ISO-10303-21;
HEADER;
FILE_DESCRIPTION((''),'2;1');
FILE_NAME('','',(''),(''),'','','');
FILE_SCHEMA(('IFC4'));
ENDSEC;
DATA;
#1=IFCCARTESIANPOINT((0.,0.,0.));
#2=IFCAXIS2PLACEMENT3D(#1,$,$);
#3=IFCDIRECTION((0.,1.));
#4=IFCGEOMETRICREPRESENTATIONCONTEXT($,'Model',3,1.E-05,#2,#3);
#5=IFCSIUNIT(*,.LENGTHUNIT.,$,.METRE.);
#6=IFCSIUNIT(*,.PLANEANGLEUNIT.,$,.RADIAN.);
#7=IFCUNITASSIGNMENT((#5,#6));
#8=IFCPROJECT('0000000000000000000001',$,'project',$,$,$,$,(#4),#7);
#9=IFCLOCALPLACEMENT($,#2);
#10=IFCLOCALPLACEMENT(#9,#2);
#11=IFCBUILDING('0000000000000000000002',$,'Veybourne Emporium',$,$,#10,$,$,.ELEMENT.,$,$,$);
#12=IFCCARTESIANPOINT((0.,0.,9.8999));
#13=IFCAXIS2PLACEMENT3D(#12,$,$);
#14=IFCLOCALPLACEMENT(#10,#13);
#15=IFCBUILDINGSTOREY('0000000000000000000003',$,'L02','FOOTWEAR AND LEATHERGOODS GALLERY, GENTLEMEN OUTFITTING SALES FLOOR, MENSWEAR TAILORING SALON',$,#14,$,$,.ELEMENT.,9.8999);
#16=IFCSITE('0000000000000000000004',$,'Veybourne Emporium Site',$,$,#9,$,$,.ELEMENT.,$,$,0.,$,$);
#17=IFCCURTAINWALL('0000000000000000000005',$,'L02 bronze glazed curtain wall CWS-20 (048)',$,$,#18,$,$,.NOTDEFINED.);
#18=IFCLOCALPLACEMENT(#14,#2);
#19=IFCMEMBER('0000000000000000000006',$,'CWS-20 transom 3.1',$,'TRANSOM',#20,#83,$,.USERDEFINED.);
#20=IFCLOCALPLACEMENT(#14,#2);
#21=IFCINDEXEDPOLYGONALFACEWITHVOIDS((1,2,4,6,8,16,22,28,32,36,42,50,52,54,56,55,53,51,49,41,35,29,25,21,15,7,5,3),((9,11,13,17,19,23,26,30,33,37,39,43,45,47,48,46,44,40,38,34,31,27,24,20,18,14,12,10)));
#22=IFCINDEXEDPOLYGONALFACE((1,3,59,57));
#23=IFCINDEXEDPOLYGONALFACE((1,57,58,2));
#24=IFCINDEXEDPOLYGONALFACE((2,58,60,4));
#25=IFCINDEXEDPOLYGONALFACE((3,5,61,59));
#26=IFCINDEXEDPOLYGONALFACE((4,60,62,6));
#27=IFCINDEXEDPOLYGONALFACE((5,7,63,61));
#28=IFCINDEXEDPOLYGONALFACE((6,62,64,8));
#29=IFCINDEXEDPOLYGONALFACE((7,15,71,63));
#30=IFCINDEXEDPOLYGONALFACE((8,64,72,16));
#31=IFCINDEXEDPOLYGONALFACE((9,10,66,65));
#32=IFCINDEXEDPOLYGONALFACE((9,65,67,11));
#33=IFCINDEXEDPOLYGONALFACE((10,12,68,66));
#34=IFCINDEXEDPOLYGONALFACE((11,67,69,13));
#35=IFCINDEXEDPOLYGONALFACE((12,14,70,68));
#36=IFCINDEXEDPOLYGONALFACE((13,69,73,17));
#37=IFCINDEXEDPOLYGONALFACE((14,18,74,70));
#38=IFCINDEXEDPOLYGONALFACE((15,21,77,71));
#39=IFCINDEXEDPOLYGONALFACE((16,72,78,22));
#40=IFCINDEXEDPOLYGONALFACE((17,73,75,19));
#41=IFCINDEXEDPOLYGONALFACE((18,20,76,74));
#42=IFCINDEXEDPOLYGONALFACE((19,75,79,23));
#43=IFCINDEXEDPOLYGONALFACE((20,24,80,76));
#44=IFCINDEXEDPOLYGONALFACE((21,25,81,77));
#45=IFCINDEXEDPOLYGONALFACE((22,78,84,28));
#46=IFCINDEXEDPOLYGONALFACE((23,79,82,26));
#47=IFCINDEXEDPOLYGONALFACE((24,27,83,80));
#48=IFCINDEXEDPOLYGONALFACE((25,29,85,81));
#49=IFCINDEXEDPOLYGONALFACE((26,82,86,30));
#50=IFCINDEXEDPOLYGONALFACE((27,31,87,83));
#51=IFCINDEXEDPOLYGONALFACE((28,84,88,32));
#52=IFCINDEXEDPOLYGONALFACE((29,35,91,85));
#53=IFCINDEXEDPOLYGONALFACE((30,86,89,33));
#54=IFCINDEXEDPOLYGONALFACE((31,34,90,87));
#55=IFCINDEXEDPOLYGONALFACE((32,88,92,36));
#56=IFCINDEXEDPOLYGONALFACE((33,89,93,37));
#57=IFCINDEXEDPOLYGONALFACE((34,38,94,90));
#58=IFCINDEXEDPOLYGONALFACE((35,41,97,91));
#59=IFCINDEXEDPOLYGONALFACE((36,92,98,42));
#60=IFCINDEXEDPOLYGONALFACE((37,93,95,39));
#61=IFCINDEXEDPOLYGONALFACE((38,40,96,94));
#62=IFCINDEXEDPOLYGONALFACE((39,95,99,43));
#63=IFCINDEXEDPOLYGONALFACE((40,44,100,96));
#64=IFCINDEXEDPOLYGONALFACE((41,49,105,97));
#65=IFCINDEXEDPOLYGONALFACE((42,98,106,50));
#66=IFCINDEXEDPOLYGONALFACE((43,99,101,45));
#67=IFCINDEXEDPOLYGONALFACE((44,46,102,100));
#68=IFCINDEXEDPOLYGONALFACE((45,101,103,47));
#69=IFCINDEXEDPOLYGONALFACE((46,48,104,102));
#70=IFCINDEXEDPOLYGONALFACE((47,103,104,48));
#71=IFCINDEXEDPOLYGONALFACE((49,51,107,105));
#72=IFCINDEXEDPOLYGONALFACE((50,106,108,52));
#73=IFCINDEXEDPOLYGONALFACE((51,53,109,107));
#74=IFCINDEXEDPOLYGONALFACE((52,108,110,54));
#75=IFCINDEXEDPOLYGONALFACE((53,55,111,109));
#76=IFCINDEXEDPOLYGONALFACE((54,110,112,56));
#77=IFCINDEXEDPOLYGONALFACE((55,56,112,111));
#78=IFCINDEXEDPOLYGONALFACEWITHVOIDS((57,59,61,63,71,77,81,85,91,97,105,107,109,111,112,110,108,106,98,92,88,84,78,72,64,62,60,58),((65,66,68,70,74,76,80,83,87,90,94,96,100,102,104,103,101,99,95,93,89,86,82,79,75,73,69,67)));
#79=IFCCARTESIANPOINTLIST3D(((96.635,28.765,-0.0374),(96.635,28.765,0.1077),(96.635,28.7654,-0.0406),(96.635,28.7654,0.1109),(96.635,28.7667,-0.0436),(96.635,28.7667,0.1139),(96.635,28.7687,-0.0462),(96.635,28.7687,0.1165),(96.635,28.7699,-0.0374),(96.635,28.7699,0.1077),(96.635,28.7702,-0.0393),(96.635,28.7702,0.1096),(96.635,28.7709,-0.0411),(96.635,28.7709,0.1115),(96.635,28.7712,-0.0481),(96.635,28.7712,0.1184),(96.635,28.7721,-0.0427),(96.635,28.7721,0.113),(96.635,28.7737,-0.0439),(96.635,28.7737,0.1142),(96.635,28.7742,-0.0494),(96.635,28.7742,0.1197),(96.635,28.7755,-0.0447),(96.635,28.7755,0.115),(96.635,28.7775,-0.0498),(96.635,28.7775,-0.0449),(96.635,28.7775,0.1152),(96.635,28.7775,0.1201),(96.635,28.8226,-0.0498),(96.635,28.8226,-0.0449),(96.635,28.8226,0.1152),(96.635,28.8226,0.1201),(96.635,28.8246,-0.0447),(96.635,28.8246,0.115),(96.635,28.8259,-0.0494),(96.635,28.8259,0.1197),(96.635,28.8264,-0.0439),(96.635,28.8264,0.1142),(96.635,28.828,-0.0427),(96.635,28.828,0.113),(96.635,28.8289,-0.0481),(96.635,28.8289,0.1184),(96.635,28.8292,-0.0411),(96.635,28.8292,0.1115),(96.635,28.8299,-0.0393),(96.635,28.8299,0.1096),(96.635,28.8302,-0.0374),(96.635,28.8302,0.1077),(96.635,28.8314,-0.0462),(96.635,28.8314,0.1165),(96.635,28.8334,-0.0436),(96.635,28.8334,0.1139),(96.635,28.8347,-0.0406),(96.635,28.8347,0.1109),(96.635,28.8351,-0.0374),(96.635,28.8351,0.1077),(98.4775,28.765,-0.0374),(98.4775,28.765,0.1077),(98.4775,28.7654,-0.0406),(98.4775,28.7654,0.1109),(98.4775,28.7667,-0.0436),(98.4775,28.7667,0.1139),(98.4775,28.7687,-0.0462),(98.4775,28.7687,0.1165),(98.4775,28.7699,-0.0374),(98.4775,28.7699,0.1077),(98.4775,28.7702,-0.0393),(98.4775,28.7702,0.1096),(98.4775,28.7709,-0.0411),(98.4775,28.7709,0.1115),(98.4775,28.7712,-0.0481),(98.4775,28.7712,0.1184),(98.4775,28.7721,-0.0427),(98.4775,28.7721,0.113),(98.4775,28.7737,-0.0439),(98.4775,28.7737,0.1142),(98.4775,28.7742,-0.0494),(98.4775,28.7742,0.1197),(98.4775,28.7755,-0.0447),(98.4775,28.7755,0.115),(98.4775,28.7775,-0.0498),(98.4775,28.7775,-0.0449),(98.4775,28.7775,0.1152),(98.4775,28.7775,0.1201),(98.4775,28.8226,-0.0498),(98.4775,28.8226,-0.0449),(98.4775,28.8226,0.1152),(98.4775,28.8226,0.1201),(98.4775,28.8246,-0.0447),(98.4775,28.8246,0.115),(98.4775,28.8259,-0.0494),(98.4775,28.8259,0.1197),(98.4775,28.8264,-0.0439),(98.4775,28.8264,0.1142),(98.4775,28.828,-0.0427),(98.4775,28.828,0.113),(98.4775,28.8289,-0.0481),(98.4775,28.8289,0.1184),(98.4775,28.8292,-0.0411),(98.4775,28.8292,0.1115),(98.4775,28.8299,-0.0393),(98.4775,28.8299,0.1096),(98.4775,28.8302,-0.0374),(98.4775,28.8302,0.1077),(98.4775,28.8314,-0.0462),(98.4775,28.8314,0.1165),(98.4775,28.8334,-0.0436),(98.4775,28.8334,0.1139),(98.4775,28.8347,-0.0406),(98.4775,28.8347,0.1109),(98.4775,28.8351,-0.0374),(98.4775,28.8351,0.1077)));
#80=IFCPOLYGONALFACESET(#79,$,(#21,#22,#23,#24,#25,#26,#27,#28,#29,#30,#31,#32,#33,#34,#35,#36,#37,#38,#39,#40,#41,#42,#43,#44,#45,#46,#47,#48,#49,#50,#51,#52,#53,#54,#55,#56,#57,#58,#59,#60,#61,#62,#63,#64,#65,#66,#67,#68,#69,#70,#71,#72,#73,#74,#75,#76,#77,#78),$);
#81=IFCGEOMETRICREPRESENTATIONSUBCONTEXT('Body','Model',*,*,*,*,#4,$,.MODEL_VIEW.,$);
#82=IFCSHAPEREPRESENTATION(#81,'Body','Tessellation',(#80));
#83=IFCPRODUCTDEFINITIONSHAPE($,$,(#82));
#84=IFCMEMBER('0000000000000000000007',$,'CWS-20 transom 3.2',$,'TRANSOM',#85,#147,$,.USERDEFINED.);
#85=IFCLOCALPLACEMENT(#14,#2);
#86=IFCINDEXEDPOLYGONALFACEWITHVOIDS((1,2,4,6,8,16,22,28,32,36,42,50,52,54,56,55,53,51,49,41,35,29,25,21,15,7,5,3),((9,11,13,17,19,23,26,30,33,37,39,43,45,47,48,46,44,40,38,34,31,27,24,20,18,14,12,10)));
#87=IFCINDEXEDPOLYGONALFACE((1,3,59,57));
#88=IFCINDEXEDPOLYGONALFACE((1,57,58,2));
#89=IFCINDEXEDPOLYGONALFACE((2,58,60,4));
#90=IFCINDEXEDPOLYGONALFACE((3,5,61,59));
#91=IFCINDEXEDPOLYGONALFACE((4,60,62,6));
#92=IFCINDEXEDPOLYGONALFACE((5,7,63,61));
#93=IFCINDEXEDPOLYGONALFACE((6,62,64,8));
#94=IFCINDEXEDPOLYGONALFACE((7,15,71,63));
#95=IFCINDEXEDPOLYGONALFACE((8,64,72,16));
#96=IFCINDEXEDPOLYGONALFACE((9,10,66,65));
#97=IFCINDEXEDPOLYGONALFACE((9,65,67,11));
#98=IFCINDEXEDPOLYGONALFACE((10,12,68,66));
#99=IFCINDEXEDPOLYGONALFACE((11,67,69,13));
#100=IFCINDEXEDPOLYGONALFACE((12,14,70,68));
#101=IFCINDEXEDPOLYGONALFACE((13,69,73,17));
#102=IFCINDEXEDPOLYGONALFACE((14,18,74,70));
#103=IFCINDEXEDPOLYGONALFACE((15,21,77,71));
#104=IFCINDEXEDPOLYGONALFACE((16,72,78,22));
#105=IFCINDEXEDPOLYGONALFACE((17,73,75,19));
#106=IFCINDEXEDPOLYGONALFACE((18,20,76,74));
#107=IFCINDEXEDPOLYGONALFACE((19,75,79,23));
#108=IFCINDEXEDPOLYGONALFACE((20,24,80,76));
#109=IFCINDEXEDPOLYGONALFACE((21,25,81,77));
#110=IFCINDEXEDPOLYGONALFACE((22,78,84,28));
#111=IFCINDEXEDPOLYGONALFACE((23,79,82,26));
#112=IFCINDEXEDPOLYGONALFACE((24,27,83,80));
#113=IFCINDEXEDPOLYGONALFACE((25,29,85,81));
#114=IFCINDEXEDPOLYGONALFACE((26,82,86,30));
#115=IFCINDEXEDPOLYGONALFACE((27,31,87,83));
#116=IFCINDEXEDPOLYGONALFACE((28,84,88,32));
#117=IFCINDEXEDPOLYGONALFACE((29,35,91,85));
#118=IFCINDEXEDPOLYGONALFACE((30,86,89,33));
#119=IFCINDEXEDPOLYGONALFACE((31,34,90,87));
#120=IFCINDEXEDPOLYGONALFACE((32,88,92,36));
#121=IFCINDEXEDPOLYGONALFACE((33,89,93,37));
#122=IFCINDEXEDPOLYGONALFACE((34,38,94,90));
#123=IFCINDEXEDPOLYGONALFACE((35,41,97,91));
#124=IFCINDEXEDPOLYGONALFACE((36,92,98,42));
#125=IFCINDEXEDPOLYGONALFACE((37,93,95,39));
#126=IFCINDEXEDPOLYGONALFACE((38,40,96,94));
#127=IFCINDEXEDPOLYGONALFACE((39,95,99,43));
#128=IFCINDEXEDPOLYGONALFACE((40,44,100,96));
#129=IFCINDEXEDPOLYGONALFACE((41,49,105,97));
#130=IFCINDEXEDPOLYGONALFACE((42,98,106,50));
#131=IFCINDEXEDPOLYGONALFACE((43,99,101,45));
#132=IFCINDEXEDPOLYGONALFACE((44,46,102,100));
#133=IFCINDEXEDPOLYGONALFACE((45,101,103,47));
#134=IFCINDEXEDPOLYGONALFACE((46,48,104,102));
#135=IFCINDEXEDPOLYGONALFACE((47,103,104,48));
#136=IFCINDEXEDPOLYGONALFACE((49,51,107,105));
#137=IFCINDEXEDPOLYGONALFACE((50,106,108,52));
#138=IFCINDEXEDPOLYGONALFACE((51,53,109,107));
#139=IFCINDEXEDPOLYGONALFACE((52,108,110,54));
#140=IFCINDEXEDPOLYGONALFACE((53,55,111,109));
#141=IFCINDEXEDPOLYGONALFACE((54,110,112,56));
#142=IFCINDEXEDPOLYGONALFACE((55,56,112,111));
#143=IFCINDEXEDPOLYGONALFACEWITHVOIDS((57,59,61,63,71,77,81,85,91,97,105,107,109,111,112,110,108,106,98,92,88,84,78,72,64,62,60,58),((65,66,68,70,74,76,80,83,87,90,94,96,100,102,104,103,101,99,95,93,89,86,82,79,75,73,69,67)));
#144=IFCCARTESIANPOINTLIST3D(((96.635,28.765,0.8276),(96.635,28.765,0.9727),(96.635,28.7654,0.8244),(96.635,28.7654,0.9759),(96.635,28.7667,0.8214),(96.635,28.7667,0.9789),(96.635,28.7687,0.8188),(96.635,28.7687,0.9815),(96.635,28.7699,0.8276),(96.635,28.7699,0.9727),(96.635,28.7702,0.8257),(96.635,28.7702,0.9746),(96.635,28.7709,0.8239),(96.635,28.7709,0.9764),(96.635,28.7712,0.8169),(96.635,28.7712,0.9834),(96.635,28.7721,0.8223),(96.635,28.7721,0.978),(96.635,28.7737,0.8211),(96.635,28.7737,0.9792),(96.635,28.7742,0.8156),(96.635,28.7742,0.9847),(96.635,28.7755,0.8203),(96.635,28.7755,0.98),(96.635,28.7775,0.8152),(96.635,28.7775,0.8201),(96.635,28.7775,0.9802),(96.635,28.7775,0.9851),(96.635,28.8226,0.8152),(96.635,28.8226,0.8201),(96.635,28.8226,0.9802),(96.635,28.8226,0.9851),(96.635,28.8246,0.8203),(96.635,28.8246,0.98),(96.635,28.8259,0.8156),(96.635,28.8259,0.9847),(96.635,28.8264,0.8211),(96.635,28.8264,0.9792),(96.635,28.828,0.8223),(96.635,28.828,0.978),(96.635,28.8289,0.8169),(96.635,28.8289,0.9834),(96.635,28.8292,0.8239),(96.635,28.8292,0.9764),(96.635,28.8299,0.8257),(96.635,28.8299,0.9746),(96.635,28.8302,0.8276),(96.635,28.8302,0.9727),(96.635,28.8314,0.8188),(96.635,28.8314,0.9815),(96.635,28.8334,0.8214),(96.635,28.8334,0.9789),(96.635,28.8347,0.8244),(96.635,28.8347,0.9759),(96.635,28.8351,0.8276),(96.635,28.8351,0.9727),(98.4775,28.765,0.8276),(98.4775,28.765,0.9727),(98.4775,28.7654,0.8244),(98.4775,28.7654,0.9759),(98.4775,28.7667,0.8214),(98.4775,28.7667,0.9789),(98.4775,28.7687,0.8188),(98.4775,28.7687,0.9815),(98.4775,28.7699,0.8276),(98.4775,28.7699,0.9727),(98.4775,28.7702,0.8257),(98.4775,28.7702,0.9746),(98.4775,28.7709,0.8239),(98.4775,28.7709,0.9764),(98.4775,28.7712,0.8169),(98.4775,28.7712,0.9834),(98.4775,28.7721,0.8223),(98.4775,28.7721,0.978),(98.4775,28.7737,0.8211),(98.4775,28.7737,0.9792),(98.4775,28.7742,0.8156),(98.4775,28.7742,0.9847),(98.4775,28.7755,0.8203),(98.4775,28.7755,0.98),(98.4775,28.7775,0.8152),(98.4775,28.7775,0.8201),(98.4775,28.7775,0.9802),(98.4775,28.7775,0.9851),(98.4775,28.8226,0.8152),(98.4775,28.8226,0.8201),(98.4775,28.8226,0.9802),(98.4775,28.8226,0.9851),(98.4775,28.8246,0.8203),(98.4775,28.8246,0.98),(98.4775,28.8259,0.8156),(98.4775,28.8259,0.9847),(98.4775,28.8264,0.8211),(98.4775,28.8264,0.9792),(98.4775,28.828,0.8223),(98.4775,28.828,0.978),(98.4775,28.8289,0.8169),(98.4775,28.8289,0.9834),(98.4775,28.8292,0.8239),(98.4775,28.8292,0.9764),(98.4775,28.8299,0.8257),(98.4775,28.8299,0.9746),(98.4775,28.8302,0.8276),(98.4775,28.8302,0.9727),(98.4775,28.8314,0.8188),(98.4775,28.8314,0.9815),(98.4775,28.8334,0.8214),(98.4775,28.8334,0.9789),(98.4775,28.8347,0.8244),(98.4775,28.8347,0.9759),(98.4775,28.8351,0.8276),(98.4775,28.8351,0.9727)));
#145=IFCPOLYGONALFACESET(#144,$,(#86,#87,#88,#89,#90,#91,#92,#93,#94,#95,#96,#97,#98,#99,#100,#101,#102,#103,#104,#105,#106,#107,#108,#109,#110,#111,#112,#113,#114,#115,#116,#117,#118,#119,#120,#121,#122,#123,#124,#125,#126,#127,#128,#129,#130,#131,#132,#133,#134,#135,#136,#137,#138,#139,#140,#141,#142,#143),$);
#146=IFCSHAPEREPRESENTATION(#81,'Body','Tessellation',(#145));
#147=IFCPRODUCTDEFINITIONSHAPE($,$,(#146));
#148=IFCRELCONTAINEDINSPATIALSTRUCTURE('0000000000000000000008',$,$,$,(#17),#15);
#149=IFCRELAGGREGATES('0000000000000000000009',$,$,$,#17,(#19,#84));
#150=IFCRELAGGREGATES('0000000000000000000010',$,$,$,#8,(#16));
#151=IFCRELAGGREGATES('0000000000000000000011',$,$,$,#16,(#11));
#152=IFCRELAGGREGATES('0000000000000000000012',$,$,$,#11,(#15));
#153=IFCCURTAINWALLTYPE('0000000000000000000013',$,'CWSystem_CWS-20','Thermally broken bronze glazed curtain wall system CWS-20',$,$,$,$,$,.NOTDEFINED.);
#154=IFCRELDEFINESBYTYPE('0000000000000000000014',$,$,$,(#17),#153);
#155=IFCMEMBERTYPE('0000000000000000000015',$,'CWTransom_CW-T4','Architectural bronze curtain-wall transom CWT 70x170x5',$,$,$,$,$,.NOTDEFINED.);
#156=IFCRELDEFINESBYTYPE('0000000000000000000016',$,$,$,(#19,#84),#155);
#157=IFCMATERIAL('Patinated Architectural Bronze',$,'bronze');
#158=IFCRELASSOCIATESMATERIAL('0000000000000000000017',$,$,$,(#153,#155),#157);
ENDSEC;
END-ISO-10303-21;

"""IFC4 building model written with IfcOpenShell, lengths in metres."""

from ifc_helpers import new_model, si_unit, direction, frame, origin, origin_2d, place, context, subcontext, project, spatial, hollow_rectangle, extrude, material, material_profile, profile_set, type_object, element, aggregate, save


model = new_model("IFC4")

# Units and contexts
model_context = context("Model", 3, precision=1e-05, world=origin(), true_north=direction((0.0, 1.0)))
body_context = subcontext(model_context, "Body", "Model", "MODEL_VIEW")
ifc_project = project(units=[si_unit("LENGTHUNIT", "METRE"), si_unit("PLANEANGLEUNIT", "RADIAN")], contexts=[model_context])

# Site, building, storey
site_placement = place(None, origin())
site = spatial("IfcSite", under=ifc_project, at=site_placement, Name="Veybourne Emporium Site", CompositionType="ELEMENT", RefElevation=0.0)
building_placement = place(site_placement, origin())
building = spatial("IfcBuilding", under=site, at=building_placement, Name="Veybourne Emporium", CompositionType="ELEMENT")
storey_placement = place(building_placement, frame((0.0, 0.0, 9.8999)))
storey = spatial("IfcBuildingStorey", under=building, at=storey_placement, Name="L02", Description="FOOTWEAR AND LEATHERGOODS GALLERY, GENTLEMEN OUTFITTING SALES FLOOR, MENSWEAR TAILORING SALON", CompositionType="ELEMENT", Elevation=9.8999)

# Curtain wall, members
ifc_material_1 = material(Name="Patinated Architectural Bronze", Category="bronze")
curtain_wall_type = type_object("IfcCurtainWallType", Name="CWSystem_CWS-20", Description="Thermally broken bronze glazed curtain wall system CWS-20", PredefinedType="NOTDEFINED", material=ifc_material_1)
curtain_wall_placement = place(storey_placement, origin())
curtain_wall = element("IfcCurtainWall", 1, at=curtain_wall_placement, inside=storey, type_object=curtain_wall_type, Name="L02 bronze glazed curtain wall CWS-20 (048)", PredefinedType="NOTDEFINED")
ifc_material_profile_1 = material_profile(ifc_material_1, hollow_rectangle(XDim=0.0701, YDim=0.1699, WallThickness=0.0049, InnerFilletRadius=0.0076, OuterFilletRadius=0.0125, at=origin_2d()), Name="CWT 70x170x5")
ifc_profile_set_1 = profile_set([ifc_material_profile_1], Name="Patinated Architectural Bronze")
member_type_1 = type_object("IfcMemberType", Name="CWTransom_CW-T4", Description="Architectural bronze curtain-wall transom CWT 70x170x5", PredefinedType="NOTDEFINED", material=ifc_profile_set_1)
member_1_placement = place(storey_placement, frame((96.635, 28.8, 0.0352), z_axis=(1.0, 0.0, 0.0), x_axis=(0.0, 1.0, 0.0)))
member_1 = element("IfcMember", 2, at=member_1_placement, type_object=member_type_1, Name="CWS-20 transom 3.1", ObjectType="TRANSOM", PredefinedType="USERDEFINED", context=body_context, shape_type="SweptSolid", body=[
    extrude(hollow_rectangle(XDim=0.0701, YDim=0.1699, WallThickness=0.0049, InnerFilletRadius=0.0076, OuterFilletRadius=0.0125, at=origin_2d()), origin(), (0.0, 0.0, 1.0), 1.8425),
])
member_2_placement = place(storey_placement, frame((96.635, 28.8, 0.9001), z_axis=(1.0, 0.0, 0.0), x_axis=(0.0, 1.0, 0.0)))
member_2 = element("IfcMember", 3, at=member_2_placement, type_object=member_type_1, Name="CWS-20 transom 3.2", ObjectType="TRANSOM", PredefinedType="USERDEFINED", context=body_context, shape_type="SweptSolid", body=[
    extrude(hollow_rectangle(XDim=0.0701, YDim=0.1699, WallThickness=0.0049, InnerFilletRadius=0.0076, OuterFilletRadius=0.0125, at=origin_2d()), origin(), (0.0, 0.0, 1.0), 1.8425),
])
aggregate(curtain_wall, [member_1, member_2])

save(model, "model.ifc")
